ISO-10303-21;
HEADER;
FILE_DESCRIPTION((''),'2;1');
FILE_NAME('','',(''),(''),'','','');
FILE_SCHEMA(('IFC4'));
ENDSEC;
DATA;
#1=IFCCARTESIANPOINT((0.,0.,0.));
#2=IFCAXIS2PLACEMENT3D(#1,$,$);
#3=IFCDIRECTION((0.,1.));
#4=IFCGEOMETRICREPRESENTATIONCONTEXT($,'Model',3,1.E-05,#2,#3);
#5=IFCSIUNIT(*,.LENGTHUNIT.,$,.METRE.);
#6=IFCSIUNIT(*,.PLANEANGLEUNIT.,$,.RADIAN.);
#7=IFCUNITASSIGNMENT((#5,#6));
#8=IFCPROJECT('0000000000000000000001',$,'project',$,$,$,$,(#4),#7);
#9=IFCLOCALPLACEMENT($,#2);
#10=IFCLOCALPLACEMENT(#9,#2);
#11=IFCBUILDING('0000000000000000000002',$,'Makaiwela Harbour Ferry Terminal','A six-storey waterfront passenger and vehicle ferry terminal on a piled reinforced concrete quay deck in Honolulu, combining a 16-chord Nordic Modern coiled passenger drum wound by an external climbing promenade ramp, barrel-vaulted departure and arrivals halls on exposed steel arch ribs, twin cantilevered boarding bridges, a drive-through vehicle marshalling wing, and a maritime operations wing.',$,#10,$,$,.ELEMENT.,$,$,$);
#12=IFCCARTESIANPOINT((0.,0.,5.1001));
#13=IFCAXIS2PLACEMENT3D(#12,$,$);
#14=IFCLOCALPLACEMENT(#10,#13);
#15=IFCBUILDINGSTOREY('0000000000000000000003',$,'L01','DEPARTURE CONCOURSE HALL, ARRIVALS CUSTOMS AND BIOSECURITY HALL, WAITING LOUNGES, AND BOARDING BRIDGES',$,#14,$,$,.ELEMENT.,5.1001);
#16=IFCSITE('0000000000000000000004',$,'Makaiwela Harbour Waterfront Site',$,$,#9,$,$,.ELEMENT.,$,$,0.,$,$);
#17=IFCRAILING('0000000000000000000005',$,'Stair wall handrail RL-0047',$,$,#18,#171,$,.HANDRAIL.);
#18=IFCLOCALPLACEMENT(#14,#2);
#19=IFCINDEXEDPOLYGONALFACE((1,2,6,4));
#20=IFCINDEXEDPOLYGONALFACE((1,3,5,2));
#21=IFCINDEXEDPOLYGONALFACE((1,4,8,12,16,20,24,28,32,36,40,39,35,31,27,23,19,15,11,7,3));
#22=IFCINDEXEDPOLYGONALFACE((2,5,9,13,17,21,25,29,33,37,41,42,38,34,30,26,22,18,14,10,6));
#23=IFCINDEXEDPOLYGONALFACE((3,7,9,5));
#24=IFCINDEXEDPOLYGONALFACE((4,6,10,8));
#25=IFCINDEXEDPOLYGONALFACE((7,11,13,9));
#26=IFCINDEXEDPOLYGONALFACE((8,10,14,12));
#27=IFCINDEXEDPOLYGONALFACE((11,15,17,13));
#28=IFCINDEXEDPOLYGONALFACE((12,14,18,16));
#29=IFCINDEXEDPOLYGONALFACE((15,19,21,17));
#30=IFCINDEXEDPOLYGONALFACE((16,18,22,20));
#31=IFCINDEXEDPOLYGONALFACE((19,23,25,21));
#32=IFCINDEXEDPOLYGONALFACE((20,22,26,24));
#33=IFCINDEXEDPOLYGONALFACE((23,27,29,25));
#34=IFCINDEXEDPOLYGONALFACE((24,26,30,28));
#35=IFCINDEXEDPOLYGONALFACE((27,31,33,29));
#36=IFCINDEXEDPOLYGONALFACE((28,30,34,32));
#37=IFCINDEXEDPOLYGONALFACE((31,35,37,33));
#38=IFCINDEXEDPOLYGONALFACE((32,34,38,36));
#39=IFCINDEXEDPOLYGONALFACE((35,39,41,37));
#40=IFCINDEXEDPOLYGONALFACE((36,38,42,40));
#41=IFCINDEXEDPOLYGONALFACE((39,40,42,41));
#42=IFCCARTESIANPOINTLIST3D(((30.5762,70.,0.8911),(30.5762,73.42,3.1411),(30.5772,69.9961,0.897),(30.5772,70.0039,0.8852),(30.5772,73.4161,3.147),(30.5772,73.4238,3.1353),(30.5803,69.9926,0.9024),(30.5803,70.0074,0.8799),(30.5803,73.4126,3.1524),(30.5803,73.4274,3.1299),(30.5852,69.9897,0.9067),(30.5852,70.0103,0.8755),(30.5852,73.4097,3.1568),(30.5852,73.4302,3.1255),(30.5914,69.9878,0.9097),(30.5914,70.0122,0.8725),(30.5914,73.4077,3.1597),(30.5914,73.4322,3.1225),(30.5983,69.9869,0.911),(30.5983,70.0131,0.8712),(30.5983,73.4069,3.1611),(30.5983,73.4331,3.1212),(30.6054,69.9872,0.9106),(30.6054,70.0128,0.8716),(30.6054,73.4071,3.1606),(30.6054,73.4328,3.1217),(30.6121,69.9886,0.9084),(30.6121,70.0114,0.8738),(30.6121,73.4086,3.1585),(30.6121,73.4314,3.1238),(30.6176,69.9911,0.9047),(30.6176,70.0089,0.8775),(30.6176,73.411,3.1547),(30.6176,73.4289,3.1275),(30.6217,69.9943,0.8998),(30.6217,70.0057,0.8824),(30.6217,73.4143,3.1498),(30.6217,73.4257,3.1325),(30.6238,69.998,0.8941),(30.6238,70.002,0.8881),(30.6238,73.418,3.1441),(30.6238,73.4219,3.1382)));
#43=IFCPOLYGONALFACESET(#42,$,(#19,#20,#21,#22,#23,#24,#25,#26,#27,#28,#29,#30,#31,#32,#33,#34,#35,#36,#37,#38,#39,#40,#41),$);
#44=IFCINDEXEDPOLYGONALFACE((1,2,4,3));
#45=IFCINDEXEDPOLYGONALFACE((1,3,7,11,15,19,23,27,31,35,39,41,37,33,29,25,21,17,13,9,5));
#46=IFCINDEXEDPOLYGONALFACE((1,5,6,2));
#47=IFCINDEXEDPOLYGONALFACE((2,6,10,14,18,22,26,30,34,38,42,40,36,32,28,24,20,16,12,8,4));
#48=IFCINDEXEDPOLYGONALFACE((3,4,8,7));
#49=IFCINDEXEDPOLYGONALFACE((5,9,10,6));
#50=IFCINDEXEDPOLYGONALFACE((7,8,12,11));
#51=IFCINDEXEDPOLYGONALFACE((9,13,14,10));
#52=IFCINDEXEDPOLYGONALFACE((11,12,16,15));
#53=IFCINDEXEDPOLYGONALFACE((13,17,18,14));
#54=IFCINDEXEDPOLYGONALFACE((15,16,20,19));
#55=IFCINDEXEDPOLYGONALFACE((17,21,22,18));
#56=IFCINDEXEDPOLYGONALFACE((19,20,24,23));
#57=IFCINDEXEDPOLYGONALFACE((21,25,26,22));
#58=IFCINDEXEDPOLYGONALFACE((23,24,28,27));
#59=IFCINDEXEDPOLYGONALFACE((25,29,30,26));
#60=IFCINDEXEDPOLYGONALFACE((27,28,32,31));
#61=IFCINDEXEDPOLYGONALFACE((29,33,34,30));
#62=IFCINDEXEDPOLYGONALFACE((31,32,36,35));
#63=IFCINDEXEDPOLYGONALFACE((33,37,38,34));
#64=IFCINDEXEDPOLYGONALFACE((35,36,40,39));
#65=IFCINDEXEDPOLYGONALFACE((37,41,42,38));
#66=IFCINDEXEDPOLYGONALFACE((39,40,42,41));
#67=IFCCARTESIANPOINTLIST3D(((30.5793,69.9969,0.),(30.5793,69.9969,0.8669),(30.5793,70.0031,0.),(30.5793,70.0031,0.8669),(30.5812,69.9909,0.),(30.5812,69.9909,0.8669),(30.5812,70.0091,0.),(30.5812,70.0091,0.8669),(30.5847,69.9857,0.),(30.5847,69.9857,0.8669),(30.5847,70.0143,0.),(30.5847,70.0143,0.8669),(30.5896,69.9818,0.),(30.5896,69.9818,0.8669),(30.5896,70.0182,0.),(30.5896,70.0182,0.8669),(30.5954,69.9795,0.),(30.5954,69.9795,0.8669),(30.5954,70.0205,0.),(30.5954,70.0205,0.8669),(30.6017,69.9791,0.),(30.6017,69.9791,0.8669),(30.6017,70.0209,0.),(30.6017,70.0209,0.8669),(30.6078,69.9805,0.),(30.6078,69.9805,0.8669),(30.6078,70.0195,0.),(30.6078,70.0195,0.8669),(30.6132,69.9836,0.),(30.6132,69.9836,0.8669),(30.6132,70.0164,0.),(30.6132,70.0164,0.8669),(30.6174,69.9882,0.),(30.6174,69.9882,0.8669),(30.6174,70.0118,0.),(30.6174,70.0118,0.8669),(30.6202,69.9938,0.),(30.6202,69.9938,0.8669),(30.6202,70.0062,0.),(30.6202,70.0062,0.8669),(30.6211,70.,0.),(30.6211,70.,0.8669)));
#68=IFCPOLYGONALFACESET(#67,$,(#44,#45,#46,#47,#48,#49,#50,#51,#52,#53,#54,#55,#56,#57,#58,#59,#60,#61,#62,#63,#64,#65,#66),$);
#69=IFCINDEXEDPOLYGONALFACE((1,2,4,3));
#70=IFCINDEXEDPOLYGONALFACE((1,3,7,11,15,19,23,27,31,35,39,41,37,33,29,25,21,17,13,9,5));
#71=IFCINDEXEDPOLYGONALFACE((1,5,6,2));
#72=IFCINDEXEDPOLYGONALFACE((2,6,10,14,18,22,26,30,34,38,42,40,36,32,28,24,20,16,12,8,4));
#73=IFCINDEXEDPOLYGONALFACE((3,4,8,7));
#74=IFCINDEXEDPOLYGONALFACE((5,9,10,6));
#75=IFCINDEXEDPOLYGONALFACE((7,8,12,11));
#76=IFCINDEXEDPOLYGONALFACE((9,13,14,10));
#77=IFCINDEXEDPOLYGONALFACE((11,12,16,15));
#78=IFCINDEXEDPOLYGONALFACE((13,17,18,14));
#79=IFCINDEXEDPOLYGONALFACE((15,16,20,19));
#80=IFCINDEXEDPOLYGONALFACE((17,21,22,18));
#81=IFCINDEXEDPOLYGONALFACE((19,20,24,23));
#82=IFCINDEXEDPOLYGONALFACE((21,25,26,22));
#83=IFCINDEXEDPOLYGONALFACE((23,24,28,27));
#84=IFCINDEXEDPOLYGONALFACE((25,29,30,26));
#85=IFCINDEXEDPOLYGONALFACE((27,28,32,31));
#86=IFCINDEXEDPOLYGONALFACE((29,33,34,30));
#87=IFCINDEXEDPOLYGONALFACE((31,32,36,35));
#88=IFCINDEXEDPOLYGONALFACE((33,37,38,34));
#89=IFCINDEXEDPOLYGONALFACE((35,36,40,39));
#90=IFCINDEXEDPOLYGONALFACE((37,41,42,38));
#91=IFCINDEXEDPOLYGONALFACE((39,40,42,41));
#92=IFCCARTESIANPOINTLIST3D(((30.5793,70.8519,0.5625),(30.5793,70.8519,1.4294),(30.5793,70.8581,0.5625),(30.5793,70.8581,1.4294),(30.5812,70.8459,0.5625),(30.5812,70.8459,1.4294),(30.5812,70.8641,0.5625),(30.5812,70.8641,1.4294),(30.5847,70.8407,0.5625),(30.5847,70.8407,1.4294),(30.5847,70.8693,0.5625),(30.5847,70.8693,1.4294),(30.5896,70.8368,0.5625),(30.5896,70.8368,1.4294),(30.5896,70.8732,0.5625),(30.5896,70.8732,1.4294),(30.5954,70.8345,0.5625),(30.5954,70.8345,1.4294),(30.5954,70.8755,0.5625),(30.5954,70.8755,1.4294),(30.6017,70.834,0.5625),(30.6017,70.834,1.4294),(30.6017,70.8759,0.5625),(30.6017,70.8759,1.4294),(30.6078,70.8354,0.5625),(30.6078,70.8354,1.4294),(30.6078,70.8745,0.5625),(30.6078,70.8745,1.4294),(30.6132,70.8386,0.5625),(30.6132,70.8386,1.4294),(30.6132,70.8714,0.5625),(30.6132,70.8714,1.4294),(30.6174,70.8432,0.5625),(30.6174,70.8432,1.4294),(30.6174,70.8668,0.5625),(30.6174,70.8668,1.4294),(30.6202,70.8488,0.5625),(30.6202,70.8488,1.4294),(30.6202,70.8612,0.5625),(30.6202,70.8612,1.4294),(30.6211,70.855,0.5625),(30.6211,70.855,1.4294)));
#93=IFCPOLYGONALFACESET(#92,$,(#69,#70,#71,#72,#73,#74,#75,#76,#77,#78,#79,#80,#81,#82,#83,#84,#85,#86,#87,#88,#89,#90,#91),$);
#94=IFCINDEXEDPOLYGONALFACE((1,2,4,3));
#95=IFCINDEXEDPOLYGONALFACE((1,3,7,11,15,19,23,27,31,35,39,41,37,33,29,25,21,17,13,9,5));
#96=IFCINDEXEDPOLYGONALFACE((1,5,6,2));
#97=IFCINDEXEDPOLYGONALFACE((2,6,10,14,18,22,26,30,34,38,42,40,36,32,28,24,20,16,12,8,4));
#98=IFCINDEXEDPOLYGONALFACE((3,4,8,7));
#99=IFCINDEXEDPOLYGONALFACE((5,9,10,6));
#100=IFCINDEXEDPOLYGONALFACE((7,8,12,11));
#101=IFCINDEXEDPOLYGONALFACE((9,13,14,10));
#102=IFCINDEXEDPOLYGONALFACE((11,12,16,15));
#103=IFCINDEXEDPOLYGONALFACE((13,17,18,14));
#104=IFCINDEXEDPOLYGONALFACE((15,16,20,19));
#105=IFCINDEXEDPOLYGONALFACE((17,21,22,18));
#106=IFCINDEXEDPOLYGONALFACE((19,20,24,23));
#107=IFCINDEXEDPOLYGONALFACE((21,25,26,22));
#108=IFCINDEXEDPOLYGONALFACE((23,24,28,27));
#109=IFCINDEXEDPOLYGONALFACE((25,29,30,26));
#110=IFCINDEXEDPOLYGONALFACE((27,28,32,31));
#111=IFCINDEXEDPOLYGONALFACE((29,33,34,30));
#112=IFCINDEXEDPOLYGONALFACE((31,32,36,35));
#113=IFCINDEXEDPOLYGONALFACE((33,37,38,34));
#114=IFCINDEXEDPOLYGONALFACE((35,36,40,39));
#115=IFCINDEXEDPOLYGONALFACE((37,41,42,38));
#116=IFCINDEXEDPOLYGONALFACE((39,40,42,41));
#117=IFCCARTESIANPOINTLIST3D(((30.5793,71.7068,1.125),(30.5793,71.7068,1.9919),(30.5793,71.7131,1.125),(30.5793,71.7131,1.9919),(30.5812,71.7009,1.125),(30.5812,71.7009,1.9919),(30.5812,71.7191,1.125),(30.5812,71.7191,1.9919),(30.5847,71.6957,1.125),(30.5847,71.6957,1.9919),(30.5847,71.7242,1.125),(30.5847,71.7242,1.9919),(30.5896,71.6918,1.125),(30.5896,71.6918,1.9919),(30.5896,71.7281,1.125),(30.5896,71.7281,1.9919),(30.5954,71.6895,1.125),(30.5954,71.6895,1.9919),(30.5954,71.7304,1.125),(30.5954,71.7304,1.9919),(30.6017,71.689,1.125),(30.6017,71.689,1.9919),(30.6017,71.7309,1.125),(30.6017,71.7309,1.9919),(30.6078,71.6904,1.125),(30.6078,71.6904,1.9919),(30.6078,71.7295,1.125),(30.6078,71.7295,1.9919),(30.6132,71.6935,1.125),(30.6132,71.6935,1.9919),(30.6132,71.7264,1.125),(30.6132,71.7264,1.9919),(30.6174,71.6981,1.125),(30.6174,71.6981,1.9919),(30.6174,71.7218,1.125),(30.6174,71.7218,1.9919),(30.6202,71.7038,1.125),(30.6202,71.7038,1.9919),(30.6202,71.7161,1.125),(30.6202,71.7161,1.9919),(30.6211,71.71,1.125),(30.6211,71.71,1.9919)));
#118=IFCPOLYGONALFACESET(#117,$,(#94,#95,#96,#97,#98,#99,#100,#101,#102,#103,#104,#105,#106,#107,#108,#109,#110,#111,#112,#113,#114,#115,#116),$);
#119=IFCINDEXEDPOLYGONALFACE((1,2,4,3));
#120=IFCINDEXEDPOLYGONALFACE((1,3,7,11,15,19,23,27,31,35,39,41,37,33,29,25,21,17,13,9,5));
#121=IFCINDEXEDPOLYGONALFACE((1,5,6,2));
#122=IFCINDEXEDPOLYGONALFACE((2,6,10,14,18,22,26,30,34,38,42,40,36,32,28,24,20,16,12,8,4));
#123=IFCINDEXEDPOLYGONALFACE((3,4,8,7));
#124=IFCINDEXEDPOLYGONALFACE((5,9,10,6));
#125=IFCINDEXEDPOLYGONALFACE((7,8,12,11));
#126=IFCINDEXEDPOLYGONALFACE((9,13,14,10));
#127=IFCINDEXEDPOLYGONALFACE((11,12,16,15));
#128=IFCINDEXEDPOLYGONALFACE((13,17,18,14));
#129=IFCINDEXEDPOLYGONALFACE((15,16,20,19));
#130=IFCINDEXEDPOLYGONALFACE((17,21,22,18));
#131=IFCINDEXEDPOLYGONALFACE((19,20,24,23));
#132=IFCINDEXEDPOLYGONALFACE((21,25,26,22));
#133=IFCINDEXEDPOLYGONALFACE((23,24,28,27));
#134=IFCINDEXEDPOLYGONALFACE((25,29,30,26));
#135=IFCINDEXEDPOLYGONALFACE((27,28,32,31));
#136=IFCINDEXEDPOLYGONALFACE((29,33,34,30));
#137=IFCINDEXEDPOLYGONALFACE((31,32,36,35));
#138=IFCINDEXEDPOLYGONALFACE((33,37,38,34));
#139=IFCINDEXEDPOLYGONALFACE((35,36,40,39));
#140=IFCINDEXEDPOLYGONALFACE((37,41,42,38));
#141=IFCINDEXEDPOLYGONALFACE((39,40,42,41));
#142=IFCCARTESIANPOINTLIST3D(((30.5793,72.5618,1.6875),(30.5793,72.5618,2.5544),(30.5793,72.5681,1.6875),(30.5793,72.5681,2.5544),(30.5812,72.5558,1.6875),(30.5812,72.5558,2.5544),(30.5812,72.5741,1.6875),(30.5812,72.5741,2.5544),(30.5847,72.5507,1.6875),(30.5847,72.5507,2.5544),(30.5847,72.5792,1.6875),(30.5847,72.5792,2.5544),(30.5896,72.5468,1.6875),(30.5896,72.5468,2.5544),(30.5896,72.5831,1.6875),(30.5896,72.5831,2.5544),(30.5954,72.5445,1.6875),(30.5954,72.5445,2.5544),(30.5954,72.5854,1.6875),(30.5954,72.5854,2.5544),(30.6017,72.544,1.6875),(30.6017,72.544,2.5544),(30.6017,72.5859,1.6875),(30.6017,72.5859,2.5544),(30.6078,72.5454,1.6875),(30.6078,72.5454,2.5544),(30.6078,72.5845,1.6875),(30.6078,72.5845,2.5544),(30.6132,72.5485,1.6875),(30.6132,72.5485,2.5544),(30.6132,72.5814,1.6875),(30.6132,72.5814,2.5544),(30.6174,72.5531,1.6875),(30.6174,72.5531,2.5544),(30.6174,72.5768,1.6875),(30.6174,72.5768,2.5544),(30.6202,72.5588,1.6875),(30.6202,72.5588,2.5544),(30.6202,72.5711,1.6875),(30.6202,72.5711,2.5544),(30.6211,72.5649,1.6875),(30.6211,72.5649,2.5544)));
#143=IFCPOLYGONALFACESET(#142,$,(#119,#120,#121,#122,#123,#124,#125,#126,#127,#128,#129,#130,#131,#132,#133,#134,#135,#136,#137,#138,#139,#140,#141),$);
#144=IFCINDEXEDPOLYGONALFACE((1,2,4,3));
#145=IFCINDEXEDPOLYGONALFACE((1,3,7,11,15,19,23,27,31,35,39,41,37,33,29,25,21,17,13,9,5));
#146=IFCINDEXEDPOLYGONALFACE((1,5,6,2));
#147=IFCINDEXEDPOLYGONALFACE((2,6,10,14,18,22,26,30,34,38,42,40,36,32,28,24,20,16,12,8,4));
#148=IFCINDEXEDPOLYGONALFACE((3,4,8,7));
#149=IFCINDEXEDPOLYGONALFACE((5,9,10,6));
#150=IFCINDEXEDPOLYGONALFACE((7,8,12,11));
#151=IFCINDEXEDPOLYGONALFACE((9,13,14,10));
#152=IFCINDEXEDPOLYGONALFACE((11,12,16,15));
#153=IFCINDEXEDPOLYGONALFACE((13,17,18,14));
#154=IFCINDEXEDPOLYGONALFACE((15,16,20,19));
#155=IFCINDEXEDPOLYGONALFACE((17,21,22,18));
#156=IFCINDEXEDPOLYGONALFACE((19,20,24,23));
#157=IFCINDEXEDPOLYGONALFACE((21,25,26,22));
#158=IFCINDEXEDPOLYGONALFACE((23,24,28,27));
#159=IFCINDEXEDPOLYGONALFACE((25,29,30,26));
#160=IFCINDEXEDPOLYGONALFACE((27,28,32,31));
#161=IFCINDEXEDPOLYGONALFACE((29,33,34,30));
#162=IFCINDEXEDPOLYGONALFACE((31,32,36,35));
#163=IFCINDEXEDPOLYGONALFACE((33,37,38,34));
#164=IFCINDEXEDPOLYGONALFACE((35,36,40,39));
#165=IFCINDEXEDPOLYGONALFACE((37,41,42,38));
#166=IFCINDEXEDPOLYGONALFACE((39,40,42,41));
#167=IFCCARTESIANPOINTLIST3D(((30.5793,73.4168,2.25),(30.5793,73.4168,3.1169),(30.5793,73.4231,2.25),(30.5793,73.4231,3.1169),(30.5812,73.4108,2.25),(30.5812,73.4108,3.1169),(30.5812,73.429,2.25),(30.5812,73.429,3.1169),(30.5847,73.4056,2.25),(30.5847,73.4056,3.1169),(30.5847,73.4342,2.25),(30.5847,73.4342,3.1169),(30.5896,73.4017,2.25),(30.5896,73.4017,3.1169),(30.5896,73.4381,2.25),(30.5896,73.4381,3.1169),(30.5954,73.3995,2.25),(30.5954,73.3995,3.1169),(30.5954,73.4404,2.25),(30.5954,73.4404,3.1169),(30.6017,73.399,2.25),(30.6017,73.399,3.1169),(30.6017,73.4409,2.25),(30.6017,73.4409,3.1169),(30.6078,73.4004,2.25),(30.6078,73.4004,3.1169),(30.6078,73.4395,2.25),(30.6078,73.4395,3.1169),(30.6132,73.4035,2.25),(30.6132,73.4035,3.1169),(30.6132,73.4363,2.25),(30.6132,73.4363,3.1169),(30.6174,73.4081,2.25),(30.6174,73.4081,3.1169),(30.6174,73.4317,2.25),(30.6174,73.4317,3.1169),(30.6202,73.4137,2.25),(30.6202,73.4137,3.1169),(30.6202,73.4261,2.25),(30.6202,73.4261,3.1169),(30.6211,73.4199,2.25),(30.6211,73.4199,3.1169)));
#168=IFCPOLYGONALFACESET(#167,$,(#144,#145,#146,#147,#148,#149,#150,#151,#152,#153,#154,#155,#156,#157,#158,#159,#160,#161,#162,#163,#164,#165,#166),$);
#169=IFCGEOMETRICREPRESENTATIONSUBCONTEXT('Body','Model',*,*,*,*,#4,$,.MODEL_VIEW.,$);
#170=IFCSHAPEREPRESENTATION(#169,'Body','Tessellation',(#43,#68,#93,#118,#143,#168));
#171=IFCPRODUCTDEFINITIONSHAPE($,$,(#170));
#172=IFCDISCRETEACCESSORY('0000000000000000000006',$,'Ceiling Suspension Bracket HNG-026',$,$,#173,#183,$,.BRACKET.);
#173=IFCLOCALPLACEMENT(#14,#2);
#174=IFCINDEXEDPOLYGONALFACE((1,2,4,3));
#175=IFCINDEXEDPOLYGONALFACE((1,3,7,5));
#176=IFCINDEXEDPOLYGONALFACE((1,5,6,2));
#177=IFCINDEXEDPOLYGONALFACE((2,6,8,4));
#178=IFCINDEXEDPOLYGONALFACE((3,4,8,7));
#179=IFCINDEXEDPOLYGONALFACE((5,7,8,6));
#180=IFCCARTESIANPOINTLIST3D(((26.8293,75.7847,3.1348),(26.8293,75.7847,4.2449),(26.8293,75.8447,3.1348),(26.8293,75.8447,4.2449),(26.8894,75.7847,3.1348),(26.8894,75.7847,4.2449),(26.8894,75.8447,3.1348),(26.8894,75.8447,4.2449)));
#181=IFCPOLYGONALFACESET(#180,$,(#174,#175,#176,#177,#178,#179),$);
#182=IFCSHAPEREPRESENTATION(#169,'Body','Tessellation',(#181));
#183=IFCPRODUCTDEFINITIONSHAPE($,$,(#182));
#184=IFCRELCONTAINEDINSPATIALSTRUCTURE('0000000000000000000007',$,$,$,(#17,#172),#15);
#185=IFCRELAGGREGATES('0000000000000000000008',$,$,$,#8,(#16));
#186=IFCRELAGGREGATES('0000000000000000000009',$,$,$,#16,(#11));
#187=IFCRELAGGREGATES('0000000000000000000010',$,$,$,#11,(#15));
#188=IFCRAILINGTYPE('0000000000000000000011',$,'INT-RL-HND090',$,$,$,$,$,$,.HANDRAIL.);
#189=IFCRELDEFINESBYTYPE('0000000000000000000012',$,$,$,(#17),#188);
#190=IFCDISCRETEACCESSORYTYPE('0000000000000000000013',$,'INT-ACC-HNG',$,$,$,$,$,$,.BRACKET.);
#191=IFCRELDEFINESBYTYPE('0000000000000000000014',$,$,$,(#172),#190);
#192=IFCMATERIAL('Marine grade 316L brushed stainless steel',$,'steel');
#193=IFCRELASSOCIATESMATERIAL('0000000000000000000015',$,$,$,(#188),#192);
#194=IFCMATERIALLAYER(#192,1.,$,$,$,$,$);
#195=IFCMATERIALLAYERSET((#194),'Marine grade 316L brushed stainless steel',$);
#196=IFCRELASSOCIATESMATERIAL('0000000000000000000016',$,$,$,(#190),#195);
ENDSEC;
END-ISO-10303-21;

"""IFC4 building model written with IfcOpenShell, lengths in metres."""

from ifc_helpers import new_model, si_unit, direction, frame, origin, origin_2d, place, context, subcontext, project, spatial, rectangle, circle, extrude, material, layer, layer_set, type_object, element, save


model = new_model("IFC4")

# Units and contexts
model_context = context("Model", 3, precision=1e-05, world=origin(), true_north=direction((0.0, 1.0)))
body_context = subcontext(model_context, "Body", "Model", "MODEL_VIEW")
ifc_project = project(units=[si_unit("LENGTHUNIT", "METRE"), si_unit("PLANEANGLEUNIT", "RADIAN")], contexts=[model_context])

# Site, building, storey
site_placement = place(None, origin())
site = spatial("IfcSite", under=ifc_project, at=site_placement, Name="Makaiwela Harbour Waterfront Site", CompositionType="ELEMENT", RefElevation=0.0)
building_placement = place(site_placement, origin())
building = spatial("IfcBuilding", under=site, at=building_placement, Name="Makaiwela Harbour Ferry Terminal", Description="A six-storey waterfront passenger and vehicle ferry terminal on a piled reinforced concrete quay deck in Honolulu, combining a 16-chord Nordic Modern coiled passenger drum wound by an external climbing promenade ramp, barrel-vaulted departure and arrivals halls on exposed steel arch ribs, twin cantilevered boarding bridges, a drive-through vehicle marshalling wing, and a maritime operations wing.", CompositionType="ELEMENT")
storey_placement = place(building_placement, frame((0.0, 0.0, 5.1001)))
storey = spatial("IfcBuildingStorey", under=building, at=storey_placement, Name="L01", Description="DEPARTURE CONCOURSE HALL, ARRIVALS CUSTOMS AND BIOSECURITY HALL, WAITING LOUNGES, AND BOARDING BRIDGES", CompositionType="ELEMENT", Elevation=5.1001)

# Railing
ifc_material_1 = material(Name="Marine grade 316L brushed stainless steel", Category="steel")
railing_type_1 = type_object("IfcRailingType", Name="INT-RL-HND090", PredefinedType="HANDRAIL", material=ifc_material_1)
railing_1_placement = place(storey_placement, frame((30.6001, 70.0, 0.0)))
element("IfcRailing", 1, at=railing_1_placement, inside=storey, type_object=railing_type_1, Name="Stair wall handrail RL-0047", PredefinedType="HANDRAIL", context=body_context, shape_type="SweptSolid", body=[
    extrude(circle(Radius=0.0239, at=origin_2d()), frame((0.0, 0.0, 0.8911), z_axis=(0.0, 0.835411, 0.549625), x_axis=(-1.0, 0.0, 0.0)), (0.0, 0.0, 1.0), 4.0938),
    extrude(circle(Radius=0.021, at=origin_2d()), origin(), (0.0, 0.0, 1.0), 0.8669),
    extrude(circle(Radius=0.021, at=origin_2d()), frame((0.0, 0.855, 0.5625)), (0.0, 0.0, 1.0), 0.8669),
    extrude(circle(Radius=0.021, at=origin_2d()), frame((0.0, 1.71, 1.125)), (0.0, 0.0, 1.0), 0.8669),
    extrude(circle(Radius=0.021, at=origin_2d()), frame((0.0, 2.5649, 1.6875)), (0.0, 0.0, 1.0), 0.8669),
    extrude(circle(Radius=0.021, at=origin_2d()), frame((0.0, 3.4199, 2.25)), (0.0, 0.0, 1.0), 0.8669),
])

# Discrete accessory
ifc_layer_1 = layer(ifc_material_1, 1.0)
ifc_layer_set_1 = layer_set([ifc_layer_1], Name="Marine grade 316L brushed stainless steel")
discrete_accessory_type = type_object("IfcDiscreteAccessoryType", Name="INT-ACC-HNG", PredefinedType="BRACKET", material=ifc_layer_set_1)
discrete_accessory_placement = place(storey_placement, frame((26.8594, 75.8147, 3.1348), z_axis=(0.0, 0.0, 1.0), x_axis=(1.0, 0.0, 0.0)))
element("IfcDiscreteAccessory", 2, at=discrete_accessory_placement, inside=storey, type_object=discrete_accessory_type, Name="Ceiling Suspension Bracket HNG-026", PredefinedType="BRACKET", context=body_context, shape_type="SweptSolid", body=[
    extrude(rectangle(XDim=0.0601, YDim=0.0601, at=origin_2d()), origin(), (0.0, 0.0, 1.0), 1.1101),
])

save(model, "model.ifc")
